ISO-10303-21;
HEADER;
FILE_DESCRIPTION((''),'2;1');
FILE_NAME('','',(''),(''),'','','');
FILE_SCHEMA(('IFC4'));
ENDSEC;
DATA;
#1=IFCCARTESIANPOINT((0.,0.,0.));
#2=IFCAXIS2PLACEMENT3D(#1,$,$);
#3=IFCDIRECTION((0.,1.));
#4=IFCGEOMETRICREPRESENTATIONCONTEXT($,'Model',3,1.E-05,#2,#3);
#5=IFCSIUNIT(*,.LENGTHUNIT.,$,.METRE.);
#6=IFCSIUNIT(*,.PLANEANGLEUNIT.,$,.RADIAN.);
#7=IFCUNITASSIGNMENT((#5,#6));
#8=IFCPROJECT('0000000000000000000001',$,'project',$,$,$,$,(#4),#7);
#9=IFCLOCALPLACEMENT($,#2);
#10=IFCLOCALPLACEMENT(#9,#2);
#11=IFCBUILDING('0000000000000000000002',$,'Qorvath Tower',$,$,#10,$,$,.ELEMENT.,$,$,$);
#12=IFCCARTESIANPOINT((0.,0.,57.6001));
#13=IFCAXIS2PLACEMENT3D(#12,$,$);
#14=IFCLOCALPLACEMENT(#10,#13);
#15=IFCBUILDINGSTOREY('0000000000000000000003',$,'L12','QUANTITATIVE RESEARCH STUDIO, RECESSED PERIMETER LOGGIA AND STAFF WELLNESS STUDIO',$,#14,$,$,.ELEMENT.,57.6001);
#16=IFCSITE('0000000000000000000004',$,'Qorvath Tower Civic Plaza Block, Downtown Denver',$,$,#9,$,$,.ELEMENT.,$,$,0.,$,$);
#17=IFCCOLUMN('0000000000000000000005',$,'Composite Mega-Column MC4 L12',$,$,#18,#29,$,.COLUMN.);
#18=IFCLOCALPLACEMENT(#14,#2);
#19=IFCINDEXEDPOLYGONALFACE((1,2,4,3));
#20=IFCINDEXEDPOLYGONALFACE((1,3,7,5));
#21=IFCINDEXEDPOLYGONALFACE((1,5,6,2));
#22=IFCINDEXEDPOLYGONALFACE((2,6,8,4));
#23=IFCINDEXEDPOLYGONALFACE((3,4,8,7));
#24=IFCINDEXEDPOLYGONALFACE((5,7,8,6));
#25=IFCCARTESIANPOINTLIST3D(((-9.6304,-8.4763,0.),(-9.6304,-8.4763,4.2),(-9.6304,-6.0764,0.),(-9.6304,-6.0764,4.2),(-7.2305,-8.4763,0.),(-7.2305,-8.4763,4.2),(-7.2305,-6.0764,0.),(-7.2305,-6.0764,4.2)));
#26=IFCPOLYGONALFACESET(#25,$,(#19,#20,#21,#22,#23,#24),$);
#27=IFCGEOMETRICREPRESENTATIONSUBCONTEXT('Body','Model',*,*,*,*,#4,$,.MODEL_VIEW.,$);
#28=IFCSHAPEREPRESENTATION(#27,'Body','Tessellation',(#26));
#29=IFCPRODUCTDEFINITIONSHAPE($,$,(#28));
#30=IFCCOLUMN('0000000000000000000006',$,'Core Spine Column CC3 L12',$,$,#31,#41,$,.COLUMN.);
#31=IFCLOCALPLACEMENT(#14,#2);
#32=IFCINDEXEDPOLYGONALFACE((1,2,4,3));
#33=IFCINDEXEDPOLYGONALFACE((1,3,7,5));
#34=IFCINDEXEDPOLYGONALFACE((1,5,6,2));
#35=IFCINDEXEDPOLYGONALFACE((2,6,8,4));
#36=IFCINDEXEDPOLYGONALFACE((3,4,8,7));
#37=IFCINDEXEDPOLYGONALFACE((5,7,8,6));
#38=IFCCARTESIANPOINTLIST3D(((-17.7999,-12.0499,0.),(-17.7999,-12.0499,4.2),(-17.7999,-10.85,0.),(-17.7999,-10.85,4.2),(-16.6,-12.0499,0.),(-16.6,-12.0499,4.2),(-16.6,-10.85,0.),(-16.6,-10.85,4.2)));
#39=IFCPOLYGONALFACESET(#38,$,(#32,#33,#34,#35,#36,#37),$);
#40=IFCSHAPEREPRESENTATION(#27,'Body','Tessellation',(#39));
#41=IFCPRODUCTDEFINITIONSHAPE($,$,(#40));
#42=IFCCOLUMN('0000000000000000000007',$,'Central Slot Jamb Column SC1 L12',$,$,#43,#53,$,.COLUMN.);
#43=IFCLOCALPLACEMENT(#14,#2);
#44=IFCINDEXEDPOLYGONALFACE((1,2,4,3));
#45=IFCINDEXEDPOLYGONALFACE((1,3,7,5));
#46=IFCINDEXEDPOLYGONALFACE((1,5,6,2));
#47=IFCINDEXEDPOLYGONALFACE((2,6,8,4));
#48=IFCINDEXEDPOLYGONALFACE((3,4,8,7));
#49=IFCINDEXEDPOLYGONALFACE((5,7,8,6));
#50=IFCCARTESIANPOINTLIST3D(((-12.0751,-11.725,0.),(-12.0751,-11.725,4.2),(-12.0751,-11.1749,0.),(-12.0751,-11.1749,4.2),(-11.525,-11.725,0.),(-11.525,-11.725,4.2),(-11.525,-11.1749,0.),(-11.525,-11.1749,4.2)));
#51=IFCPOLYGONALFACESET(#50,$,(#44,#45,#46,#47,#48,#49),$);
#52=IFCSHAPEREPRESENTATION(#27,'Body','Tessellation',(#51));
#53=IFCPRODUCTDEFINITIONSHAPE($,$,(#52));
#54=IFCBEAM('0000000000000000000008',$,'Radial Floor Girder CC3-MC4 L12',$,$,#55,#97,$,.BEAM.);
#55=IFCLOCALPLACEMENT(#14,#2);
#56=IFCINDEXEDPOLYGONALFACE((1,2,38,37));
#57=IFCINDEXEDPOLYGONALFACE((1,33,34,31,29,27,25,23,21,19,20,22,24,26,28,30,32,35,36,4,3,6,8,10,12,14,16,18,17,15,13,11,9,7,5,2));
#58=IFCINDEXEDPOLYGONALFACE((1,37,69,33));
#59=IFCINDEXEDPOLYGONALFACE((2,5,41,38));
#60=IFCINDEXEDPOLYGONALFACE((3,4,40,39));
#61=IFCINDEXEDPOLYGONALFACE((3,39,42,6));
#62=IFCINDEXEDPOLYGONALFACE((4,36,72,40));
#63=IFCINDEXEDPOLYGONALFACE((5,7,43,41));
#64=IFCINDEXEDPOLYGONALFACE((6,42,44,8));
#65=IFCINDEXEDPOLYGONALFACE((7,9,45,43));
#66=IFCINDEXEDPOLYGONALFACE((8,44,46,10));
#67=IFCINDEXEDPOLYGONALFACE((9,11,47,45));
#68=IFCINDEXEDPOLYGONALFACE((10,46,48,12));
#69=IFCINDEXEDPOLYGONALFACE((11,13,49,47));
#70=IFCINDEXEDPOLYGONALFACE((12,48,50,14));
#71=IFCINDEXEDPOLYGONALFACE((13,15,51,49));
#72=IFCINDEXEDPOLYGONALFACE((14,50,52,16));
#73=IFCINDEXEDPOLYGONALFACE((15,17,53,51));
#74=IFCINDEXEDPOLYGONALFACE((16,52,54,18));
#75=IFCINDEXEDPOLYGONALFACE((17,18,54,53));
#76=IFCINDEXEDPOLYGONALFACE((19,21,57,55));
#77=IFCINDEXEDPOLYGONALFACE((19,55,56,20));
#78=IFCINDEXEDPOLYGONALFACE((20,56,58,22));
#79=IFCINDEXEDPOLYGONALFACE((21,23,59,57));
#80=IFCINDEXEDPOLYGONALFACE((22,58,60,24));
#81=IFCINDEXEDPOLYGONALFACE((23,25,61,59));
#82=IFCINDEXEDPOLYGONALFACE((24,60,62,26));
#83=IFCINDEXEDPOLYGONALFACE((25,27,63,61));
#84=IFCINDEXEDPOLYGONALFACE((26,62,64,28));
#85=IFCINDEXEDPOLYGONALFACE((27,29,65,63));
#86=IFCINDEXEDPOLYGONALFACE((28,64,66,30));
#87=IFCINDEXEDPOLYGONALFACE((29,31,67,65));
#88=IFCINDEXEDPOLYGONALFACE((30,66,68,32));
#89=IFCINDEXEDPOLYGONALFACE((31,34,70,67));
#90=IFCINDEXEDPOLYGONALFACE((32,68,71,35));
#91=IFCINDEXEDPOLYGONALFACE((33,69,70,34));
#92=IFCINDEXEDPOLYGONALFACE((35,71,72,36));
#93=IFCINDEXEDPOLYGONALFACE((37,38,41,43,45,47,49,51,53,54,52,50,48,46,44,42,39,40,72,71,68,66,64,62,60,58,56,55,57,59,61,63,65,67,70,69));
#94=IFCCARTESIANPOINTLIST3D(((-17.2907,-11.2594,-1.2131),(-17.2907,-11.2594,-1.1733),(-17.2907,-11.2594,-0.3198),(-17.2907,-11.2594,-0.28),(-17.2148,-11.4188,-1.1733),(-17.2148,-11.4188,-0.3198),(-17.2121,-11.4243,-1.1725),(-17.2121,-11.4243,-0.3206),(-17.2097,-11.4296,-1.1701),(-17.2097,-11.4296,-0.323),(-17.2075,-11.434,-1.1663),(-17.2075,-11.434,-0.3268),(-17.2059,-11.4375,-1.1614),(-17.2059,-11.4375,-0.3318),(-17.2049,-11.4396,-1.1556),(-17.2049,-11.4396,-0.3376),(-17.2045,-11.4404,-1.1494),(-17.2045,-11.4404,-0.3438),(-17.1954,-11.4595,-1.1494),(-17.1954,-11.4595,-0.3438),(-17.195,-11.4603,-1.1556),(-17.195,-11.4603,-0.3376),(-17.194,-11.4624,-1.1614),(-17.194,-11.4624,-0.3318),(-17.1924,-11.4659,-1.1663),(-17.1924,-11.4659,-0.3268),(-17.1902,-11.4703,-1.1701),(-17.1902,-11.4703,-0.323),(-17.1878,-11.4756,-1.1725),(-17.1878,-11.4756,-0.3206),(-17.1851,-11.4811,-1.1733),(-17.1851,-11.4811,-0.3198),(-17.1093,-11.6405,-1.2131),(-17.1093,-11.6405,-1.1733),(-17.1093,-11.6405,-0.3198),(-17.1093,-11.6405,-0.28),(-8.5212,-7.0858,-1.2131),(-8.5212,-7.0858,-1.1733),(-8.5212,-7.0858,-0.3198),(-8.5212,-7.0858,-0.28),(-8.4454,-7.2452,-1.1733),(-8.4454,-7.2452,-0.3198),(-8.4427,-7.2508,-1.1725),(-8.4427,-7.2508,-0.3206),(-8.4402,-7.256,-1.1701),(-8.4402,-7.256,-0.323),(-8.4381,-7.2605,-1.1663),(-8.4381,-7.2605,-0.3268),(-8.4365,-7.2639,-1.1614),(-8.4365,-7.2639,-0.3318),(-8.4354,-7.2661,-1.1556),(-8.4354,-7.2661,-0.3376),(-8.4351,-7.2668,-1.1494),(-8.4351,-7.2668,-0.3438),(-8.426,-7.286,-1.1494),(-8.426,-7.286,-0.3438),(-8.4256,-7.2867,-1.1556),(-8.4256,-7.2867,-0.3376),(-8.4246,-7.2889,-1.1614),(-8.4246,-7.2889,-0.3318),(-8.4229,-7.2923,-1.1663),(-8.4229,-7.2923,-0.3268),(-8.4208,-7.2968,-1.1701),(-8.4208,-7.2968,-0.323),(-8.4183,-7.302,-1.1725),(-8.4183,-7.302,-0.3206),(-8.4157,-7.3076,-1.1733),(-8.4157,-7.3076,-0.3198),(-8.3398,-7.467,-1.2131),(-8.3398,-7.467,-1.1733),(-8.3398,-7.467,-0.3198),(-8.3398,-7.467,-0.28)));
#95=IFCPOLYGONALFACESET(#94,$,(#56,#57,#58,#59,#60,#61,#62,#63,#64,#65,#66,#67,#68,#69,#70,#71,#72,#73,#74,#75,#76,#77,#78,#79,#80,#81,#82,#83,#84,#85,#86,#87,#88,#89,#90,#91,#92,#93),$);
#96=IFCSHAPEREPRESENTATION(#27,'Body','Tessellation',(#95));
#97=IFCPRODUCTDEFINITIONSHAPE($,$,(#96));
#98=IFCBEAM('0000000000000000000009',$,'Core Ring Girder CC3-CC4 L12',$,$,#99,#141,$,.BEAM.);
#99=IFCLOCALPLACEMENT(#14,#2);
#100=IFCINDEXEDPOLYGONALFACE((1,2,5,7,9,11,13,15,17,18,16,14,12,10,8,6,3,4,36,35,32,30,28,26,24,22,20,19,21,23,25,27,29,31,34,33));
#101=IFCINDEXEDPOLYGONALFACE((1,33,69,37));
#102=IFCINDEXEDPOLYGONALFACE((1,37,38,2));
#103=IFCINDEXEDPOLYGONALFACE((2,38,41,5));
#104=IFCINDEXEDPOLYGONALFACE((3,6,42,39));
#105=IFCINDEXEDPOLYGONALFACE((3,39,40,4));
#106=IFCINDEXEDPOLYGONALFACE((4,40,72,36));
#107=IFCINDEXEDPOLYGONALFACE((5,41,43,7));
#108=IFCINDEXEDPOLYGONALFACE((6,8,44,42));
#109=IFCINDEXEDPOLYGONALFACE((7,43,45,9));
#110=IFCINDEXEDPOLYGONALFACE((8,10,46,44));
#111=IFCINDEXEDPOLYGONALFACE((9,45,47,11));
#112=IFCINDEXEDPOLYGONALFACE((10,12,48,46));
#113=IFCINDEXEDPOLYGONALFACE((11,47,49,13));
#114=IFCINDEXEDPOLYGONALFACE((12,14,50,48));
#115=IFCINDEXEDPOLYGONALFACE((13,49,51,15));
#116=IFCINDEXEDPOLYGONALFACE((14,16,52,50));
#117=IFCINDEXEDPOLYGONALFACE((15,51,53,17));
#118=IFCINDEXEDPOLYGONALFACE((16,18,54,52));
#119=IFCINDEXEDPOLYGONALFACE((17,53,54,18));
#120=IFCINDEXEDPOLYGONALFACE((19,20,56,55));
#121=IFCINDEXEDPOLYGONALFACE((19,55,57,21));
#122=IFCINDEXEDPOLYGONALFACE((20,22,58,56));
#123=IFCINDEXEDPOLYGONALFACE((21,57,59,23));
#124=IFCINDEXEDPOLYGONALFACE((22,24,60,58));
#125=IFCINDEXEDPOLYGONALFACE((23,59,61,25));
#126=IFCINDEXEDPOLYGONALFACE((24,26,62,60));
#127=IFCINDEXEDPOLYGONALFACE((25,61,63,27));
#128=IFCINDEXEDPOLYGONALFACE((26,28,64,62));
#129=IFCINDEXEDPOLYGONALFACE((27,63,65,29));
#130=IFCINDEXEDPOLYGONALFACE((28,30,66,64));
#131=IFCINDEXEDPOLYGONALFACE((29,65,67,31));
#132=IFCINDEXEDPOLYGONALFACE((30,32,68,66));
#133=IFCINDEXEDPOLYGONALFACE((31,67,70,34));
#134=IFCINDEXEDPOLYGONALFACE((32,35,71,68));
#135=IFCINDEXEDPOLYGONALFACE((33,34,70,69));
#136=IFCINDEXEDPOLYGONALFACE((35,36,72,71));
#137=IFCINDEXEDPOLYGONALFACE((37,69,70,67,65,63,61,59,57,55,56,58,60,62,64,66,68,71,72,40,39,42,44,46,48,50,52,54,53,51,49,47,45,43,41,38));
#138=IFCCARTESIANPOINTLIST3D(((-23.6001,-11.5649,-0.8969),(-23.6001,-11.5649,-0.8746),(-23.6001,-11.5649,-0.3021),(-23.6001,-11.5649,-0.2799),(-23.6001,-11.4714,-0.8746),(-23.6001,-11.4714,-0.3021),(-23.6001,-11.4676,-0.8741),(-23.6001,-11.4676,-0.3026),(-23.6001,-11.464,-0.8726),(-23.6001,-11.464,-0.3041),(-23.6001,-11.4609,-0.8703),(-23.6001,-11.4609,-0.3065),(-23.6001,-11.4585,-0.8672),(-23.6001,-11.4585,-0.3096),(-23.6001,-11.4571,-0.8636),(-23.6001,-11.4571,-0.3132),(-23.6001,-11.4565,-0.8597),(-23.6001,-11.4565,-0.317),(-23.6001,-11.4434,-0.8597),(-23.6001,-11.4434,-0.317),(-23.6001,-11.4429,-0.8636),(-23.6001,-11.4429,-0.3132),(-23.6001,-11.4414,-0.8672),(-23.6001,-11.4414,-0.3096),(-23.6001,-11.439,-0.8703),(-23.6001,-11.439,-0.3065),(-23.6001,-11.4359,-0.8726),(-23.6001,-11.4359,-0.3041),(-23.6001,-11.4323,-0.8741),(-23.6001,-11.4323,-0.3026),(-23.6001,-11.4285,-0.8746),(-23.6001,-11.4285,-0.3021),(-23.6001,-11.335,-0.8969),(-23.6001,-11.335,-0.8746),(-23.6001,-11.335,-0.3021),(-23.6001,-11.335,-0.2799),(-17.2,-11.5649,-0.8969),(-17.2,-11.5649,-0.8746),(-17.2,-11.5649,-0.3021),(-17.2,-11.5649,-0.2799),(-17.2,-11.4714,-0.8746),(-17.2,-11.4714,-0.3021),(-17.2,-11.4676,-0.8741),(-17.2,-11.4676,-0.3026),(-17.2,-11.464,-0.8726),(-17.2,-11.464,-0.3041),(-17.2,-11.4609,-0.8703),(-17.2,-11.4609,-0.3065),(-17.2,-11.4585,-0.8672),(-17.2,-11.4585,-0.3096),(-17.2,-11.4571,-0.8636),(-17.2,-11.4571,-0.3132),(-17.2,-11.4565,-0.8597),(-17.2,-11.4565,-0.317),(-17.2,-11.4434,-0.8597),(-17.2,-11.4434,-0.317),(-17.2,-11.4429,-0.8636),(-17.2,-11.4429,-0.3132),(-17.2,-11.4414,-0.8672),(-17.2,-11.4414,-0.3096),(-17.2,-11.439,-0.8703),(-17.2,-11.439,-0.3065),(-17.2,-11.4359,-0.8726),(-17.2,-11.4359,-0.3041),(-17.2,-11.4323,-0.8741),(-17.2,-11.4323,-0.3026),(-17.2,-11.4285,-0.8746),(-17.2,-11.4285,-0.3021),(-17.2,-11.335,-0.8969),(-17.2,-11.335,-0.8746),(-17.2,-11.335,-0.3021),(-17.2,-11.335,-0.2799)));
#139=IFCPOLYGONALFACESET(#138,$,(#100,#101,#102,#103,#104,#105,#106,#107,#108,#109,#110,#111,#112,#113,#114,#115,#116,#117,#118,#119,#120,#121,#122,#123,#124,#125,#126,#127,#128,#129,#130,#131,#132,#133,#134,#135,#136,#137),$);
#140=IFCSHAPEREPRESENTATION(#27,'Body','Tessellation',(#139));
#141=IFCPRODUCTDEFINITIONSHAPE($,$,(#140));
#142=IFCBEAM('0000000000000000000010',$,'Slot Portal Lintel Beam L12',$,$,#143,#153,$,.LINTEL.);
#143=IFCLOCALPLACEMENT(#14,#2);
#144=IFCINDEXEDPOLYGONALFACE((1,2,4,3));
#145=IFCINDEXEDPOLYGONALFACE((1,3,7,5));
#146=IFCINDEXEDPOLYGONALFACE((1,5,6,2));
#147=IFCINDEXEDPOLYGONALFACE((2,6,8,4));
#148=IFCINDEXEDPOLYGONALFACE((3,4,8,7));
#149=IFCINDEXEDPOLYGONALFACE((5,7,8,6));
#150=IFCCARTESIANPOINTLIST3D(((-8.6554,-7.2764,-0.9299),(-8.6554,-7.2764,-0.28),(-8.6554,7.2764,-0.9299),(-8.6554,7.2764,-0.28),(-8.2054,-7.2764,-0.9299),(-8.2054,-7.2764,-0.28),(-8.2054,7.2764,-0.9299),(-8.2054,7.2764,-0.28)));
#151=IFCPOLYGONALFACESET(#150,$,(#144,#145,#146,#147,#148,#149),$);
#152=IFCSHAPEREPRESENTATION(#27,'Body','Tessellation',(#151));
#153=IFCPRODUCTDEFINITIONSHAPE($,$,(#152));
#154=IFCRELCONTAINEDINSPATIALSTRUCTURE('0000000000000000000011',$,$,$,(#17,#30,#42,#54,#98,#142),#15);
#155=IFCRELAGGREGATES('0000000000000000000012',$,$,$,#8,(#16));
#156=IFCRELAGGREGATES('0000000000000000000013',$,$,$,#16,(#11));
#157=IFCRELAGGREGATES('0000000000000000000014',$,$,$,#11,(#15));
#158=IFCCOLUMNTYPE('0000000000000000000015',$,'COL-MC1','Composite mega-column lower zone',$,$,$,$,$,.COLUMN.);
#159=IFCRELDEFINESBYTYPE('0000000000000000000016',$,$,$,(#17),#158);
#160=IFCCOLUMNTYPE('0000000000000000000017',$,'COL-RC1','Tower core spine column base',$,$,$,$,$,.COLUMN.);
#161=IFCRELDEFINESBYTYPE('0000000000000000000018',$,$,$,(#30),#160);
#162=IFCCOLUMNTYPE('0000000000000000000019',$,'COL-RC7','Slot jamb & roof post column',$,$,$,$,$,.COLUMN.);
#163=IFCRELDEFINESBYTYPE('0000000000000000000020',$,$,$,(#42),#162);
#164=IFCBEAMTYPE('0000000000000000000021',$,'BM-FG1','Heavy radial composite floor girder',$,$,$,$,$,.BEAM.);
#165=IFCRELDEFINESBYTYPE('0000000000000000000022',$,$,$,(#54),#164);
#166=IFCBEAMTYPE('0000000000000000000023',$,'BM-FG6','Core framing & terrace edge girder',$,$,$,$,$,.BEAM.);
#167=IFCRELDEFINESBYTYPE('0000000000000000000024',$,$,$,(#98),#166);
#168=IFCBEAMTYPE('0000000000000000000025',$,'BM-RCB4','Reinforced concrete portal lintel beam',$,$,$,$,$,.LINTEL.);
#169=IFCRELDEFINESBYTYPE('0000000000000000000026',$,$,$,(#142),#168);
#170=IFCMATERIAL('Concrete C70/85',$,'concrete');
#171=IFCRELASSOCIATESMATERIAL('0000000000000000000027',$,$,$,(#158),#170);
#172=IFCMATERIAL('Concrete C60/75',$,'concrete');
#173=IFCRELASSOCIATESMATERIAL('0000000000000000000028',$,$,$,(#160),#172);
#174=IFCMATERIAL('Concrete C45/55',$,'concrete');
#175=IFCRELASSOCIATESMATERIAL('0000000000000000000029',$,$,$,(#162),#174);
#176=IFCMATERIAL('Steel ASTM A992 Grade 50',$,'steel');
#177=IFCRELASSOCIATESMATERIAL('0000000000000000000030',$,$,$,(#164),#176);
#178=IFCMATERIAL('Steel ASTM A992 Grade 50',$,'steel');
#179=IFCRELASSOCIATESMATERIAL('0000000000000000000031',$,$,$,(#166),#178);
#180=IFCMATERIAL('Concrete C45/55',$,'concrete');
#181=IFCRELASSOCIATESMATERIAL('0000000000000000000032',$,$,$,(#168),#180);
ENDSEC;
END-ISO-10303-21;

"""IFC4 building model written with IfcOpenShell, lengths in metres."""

from ifc_helpers import new_model, si_unit, direction, frame, origin, origin_2d, place, context, subcontext, project, spatial, rectangle, i_section, extrude, material, material_profile, profile_set, type_object, element, save


model = new_model("IFC4")

# Units and contexts
model_context = context("Model", 3, precision=1e-05, world=origin(), true_north=direction((0.0, 1.0)))
body_context = subcontext(model_context, "Body", "Model", "MODEL_VIEW")
ifc_project = project(units=[si_unit("LENGTHUNIT", "METRE"), si_unit("PLANEANGLEUNIT", "RADIAN")], contexts=[model_context])

# Site, building, storey
site_placement = place(None, origin())
site = spatial("IfcSite", under=ifc_project, at=site_placement, Name="Qorvath Tower Civic Plaza Block, Downtown Denver", CompositionType="ELEMENT", RefElevation=0.0)
building_placement = place(site_placement, origin())
building = spatial("IfcBuilding", under=site, at=building_placement, Name="Qorvath Tower", CompositionType="ELEMENT")
storey_placement = place(building_placement, frame((0.0, 0.0, 57.6001)))
storey = spatial("IfcBuildingStorey", under=building, at=storey_placement, Name="L12", Description="QUANTITATIVE RESEARCH STUDIO, RECESSED PERIMETER LOGGIA AND STAFF WELLNESS STUDIO", CompositionType="ELEMENT", Elevation=57.6001)

# Columns
ifc_material_1 = material(Name="Concrete C70/85", Category="concrete")
ifc_material_profile_1 = material_profile(ifc_material_1, rectangle(XDim=2.3999, YDim=2.3999, at=origin_2d()), Name="MC 2400x2400")
ifc_profile_set_1 = profile_set([ifc_material_profile_1], Name="Concrete C70/85")
column_type_1 = type_object("IfcColumnType", Name="COL-MC1", Description="Composite mega-column lower zone", PredefinedType="COLUMN", material=ifc_profile_set_1)
column_1_placement = place(storey_placement, frame((-8.4304, -7.2764, 0.0), z_axis=(0.0, 0.0, 1.0), x_axis=(1.0, 0.0, 0.0)))
element("IfcColumn", 1, at=column_1_placement, inside=storey, type_object=column_type_1, Name="Composite Mega-Column MC4 L12", PredefinedType="COLUMN", context=body_context, shape_type="SweptSolid", body=[
    extrude(rectangle(XDim=2.3999, YDim=2.3999, at=origin_2d()), origin(), (0.0, 0.0, 1.0), 4.2),
])
ifc_material_2 = material(Name="Concrete C60/75", Category="concrete")
ifc_material_profile_2 = material_profile(ifc_material_2, rectangle(XDim=1.2, YDim=1.2, at=origin_2d()), Name="RC 1200x1200")
ifc_profile_set_2 = profile_set([ifc_material_profile_2], Name="Concrete C60/75")
column_type_2 = type_object("IfcColumnType", Name="COL-RC1", Description="Tower core spine column base", PredefinedType="COLUMN", material=ifc_profile_set_2)
column_2_placement = place(storey_placement, frame((-17.2, -11.45, 0.0), z_axis=(0.0, 0.0, 1.0), x_axis=(1.0, 0.0, 0.0)))
element("IfcColumn", 2, at=column_2_placement, inside=storey, type_object=column_type_2, Name="Core Spine Column CC3 L12", PredefinedType="COLUMN", context=body_context, shape_type="SweptSolid", body=[
    extrude(rectangle(XDim=1.2, YDim=1.2, at=origin_2d()), origin(), (0.0, 0.0, 1.0), 4.2),
])
ifc_material_3 = material(Name="Concrete C45/55", Category="concrete")
ifc_material_profile_3 = material_profile(ifc_material_3, rectangle(XDim=0.55, YDim=0.55, at=origin_2d()), Name="RC 550x550")
ifc_profile_set_3 = profile_set([ifc_material_profile_3], Name="Concrete C45/55")
column_type_3 = type_object("IfcColumnType", Name="COL-RC7", Description="Slot jamb & roof post column", PredefinedType="COLUMN", material=ifc_profile_set_3)
column_3_placement = place(storey_placement, frame((-11.8, -11.45, 0.0), z_axis=(0.0, 0.0, 1.0), x_axis=(1.0, 0.0, 0.0)))
element("IfcColumn", 3, at=column_3_placement, inside=storey, type_object=column_type_3, Name="Central Slot Jamb Column SC1 L12", PredefinedType="COLUMN", context=body_context, shape_type="SweptSolid", body=[
    extrude(rectangle(XDim=0.55, YDim=0.55, at=origin_2d()), origin(), (0.0, 0.0, 1.0), 4.2),
])

# Beams
ifc_material_4 = material(Name="Steel ASTM A992 Grade 50", Category="steel")
ifc_material_profile_4 = material_profile(ifc_material_4, i_section(OverallWidth=0.4221, OverallDepth=0.9331, WebThickness=0.0212, FlangeThickness=0.0398, FilletRadius=0.0239, at=origin_2d()), Name="W36x262")
ifc_profile_set_4 = profile_set([ifc_material_profile_4], Name="Steel ASTM A992 Grade 50")
beam_type_1 = type_object("IfcBeamType", Name="BM-FG1", Description="Heavy radial composite floor girder", PredefinedType="BEAM", material=ifc_profile_set_4)
beam_1_placement = place(storey_placement, frame((-17.2, -11.45, -0.7466), z_axis=(0.902956, 0.429734, 0.0), x_axis=(-0.429734, 0.902956, 0.0)))
element("IfcBeam", 4, at=beam_1_placement, inside=storey, type_object=beam_type_1, Name="Radial Floor Girder CC3-MC4 L12", PredefinedType="BEAM", context=body_context, shape_type="SweptSolid", body=[
    extrude(i_section(OverallWidth=0.4221, OverallDepth=0.9331, WebThickness=0.0212, FlangeThickness=0.0398, FilletRadius=0.0239, at=origin_2d()), origin(), (0.0, 0.0, 1.0), 9.7119),
])
ifc_material_5 = material(Name="Steel ASTM A992 Grade 50", Category="steel")
ifc_material_profile_5 = material_profile(ifc_material_5, i_section(OverallWidth=0.23, OverallDepth=0.6169, WebThickness=0.0132, FlangeThickness=0.0222, FilletRadius=0.0149, at=origin_2d()), Name="W24x94")
ifc_profile_set_5 = profile_set([ifc_material_profile_5], Name="Steel ASTM A992 Grade 50")
beam_type_2 = type_object("IfcBeamType", Name="BM-FG6", Description="Core framing & terrace edge girder", PredefinedType="BEAM", material=ifc_profile_set_5)
beam_2_placement = place(storey_placement, frame((-17.2, -11.45, -0.5884), z_axis=(-1.0, 0.0, 0.0), x_axis=(0.0, -1.0, 0.0)))
element("IfcBeam", 5, at=beam_2_placement, inside=storey, type_object=beam_type_2, Name="Core Ring Girder CC3-CC4 L12", PredefinedType="BEAM", context=body_context, shape_type="SweptSolid", body=[
    extrude(i_section(OverallWidth=0.23, OverallDepth=0.6169, WebThickness=0.0132, FlangeThickness=0.0222, FilletRadius=0.0149, at=origin_2d()), origin(), (0.0, 0.0, 1.0), 6.4001),
])
ifc_material_6 = material(Name="Concrete C45/55", Category="concrete")
ifc_material_profile_6 = material_profile(ifc_material_6, rectangle(XDim=0.45, YDim=0.6499, at=origin_2d()), Name="RCB 650x450")
ifc_profile_set_6 = profile_set([ifc_material_profile_6], Name="Concrete C45/55")
beam_type_3 = type_object("IfcBeamType", Name="BM-RCB4", Description="Reinforced concrete portal lintel beam", PredefinedType="LINTEL", material=ifc_profile_set_6)
beam_3_placement = place(storey_placement, frame((-8.4304, -7.2764, -0.605), z_axis=(0.0, 1.0, 0.0), x_axis=(-1.0, 0.0, 0.0)))
element("IfcBeam", 6, at=beam_3_placement, inside=storey, type_object=beam_type_3, Name="Slot Portal Lintel Beam L12", PredefinedType="LINTEL", context=body_context, shape_type="SweptSolid", body=[
    extrude(rectangle(XDim=0.45, YDim=0.6499, at=origin_2d()), origin(), (0.0, 0.0, 1.0), 14.5527),
])

save(model, "model.ifc")
